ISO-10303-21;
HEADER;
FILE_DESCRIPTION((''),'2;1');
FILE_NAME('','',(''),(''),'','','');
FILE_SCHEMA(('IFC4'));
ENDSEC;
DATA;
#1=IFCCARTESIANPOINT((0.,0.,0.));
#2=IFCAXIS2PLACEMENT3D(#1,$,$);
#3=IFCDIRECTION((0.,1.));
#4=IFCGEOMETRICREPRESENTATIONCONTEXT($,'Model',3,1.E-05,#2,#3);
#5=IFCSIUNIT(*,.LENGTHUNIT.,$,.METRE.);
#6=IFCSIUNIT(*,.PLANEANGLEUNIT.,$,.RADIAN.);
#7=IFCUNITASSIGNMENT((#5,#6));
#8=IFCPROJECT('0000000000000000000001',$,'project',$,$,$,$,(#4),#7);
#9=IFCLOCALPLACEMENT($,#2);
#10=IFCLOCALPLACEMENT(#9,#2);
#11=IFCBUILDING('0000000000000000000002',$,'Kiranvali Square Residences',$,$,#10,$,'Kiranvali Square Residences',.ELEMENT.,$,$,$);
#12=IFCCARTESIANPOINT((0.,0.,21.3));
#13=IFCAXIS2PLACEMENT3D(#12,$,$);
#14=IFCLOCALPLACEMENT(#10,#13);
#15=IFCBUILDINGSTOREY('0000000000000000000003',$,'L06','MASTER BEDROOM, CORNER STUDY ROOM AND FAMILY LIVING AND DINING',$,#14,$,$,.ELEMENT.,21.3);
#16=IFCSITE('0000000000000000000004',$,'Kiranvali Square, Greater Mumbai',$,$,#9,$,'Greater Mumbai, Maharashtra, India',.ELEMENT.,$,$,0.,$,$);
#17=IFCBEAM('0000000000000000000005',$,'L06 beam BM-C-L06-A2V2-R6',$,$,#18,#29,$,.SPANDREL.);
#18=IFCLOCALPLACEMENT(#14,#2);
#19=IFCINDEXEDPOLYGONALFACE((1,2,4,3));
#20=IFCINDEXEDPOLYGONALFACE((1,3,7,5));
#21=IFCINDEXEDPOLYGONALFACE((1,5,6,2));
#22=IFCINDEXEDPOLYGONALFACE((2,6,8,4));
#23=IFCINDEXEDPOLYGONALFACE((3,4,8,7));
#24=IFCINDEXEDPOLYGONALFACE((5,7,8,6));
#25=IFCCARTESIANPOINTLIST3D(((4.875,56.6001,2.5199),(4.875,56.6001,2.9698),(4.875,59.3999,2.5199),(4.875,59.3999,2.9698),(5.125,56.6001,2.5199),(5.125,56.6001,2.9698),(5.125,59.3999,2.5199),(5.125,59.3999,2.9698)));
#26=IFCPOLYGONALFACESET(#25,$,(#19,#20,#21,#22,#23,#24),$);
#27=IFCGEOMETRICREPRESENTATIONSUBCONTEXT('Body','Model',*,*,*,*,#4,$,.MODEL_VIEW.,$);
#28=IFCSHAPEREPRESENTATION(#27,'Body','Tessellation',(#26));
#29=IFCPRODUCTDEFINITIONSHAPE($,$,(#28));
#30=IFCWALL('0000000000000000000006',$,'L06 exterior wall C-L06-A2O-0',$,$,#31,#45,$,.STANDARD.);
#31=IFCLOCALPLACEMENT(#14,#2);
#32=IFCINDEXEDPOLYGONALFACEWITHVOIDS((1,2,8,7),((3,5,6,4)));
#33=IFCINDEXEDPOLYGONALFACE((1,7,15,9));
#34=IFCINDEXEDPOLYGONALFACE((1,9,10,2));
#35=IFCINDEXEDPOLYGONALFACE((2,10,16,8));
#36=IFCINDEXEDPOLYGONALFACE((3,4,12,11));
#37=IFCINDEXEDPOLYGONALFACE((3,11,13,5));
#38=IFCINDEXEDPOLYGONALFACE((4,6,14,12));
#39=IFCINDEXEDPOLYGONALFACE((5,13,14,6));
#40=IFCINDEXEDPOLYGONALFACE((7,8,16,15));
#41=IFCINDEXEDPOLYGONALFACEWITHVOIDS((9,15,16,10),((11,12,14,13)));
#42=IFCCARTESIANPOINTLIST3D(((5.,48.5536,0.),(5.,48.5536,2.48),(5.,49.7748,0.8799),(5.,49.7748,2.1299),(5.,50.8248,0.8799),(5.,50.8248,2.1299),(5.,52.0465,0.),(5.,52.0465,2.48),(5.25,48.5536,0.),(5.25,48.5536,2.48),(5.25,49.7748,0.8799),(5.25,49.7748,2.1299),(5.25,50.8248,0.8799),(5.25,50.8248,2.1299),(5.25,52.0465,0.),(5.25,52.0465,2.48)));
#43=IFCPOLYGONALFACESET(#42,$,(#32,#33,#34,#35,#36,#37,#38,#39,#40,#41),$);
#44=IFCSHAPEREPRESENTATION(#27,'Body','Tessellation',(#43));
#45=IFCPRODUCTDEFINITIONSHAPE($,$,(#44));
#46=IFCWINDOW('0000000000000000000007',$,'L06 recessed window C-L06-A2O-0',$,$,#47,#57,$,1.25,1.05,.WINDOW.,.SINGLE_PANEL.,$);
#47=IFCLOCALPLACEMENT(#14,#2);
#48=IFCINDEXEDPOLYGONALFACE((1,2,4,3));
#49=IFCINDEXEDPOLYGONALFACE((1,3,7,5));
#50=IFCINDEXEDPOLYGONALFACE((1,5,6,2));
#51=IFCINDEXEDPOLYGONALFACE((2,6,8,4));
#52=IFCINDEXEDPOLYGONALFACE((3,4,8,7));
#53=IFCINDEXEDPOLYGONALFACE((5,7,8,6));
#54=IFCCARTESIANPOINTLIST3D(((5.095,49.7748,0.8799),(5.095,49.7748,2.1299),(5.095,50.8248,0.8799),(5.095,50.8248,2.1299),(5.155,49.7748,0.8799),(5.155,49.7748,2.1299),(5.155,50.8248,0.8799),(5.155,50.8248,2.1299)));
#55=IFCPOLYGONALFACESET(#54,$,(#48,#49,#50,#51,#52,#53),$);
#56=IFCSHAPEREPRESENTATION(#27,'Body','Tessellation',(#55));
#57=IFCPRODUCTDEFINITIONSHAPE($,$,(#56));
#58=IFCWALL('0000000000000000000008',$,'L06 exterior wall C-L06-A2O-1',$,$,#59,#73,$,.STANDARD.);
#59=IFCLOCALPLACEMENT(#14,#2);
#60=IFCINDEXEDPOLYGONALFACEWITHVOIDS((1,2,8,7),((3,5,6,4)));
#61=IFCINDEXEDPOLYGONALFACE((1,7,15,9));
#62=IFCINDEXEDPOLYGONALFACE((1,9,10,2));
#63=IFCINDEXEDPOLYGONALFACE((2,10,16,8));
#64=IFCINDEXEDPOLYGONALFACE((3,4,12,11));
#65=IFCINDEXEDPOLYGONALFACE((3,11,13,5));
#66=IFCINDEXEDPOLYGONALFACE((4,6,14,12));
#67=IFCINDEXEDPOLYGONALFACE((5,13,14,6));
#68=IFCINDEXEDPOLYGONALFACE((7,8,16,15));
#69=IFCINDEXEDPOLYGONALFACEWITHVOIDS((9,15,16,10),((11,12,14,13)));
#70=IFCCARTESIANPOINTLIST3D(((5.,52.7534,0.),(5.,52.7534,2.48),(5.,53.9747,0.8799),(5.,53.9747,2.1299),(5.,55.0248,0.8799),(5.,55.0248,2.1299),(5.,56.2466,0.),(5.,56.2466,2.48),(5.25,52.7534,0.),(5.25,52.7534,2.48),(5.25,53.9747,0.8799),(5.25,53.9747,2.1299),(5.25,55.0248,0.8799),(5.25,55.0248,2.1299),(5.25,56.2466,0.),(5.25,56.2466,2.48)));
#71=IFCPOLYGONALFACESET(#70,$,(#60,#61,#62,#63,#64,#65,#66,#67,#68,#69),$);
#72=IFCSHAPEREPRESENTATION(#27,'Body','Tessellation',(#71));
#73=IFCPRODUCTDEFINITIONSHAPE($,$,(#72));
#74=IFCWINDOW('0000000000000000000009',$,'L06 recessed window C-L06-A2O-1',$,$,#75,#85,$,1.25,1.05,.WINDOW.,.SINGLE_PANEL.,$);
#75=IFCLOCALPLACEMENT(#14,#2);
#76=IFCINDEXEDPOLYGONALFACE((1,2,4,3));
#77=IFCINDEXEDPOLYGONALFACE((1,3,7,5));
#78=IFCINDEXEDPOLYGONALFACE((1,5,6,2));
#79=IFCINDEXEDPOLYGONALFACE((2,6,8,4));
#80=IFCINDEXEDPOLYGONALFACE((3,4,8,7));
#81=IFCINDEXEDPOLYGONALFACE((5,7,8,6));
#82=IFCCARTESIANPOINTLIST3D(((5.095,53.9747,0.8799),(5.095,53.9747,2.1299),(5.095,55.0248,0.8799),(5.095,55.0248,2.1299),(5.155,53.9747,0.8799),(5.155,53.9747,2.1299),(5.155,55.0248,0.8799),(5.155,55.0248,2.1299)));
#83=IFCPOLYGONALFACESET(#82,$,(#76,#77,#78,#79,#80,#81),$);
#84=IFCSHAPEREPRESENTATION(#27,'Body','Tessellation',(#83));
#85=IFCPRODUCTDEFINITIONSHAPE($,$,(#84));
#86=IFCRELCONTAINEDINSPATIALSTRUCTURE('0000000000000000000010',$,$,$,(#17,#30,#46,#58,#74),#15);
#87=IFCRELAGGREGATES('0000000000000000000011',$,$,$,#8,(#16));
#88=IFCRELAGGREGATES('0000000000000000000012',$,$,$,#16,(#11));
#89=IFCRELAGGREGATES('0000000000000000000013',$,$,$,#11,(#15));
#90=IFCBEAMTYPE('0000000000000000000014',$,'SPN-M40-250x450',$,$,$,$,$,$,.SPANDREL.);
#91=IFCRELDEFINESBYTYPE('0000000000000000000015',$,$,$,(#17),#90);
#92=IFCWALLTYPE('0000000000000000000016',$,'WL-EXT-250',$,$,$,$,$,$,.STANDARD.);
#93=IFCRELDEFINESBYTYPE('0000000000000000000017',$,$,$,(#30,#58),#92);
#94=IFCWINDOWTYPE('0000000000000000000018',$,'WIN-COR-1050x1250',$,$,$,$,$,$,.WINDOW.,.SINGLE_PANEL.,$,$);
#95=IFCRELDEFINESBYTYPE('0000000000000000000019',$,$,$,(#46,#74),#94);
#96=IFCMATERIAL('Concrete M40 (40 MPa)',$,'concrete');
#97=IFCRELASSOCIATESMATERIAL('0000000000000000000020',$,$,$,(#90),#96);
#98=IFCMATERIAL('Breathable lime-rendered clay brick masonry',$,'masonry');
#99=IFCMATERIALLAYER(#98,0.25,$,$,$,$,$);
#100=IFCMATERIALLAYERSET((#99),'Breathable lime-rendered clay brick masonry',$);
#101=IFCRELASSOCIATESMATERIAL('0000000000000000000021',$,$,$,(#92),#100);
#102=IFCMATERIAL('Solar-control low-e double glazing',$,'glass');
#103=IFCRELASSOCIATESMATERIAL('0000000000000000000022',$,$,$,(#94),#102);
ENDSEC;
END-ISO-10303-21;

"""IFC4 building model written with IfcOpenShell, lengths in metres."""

from ifc_helpers import new_model, si_unit, direction, frame, frame_2d, origin, origin_2d, place, context, subcontext, project, spatial, rectangle, extrude, material, layer, layer_set, material_profile, profile_set, type_object, element, fill, save


model = new_model("IFC4")

# Units and contexts
model_context = context("Model", 3, precision=1e-05, world=origin(), true_north=direction((0.0, 1.0)))
body_context = subcontext(model_context, "Body", "Model", "MODEL_VIEW")
ifc_project = project(units=[si_unit("LENGTHUNIT", "METRE"), si_unit("PLANEANGLEUNIT", "RADIAN")], contexts=[model_context])

# Site, building, storey
site_placement = place(None, origin())
site = spatial("IfcSite", under=ifc_project, at=site_placement, Name="Kiranvali Square, Greater Mumbai", LongName="Greater Mumbai, Maharashtra, India", CompositionType="ELEMENT", RefElevation=0.0)
building_placement = place(site_placement, origin())
building = spatial("IfcBuilding", under=site, at=building_placement, Name="Kiranvali Square Residences", LongName="Kiranvali Square Residences", CompositionType="ELEMENT")
storey_placement = place(building_placement, frame((0.0, 0.0, 21.3)))
storey = spatial("IfcBuildingStorey", under=building, at=storey_placement, Name="L06", Description="MASTER BEDROOM, CORNER STUDY ROOM AND FAMILY LIVING AND DINING", CompositionType="ELEMENT", Elevation=21.3)

# Beam
ifc_material_1 = material(Name="Concrete M40 (40 MPa)", Category="concrete")
ifc_material_profile_1 = material_profile(ifc_material_1, rectangle(XDim=0.25, YDim=0.45, at=origin_2d()), Name="RC 250x450")
ifc_profile_set_1 = profile_set([ifc_material_profile_1], Name="Concrete M40 (40 MPa)")
beam_type_1 = type_object("IfcBeamType", Name="SPN-M40-250x450", PredefinedType="SPANDREL", material=ifc_profile_set_1)
beam_1_placement = place(storey_placement, frame((5.0, 56.6001, 2.7449), z_axis=(0.0, 1.0, 0.0), x_axis=(-1.0, 0.0, 0.0)))
element("IfcBeam", 1, at=beam_1_placement, inside=storey, type_object=beam_type_1, Name="L06 beam BM-C-L06-A2V2-R6", PredefinedType="SPANDREL", context=body_context, shape_type="SweptSolid", body=[
    extrude(rectangle(XDim=0.25, YDim=0.45, at=origin_2d()), origin(), (0.0, 0.0, 1.0), 2.7998),
])

# Walls, openings, windows
ifc_material_2 = material(Name="Breathable lime-rendered clay brick masonry", Category="masonry")
ifc_layer = layer(ifc_material_2, 0.25)
ifc_layer_set = layer_set([ifc_layer], Name="Breathable lime-rendered clay brick masonry")
wall_type = type_object("IfcWallType", Name="WL-EXT-250", PredefinedType="STANDARD", material=ifc_layer_set)
wall_1_placement = place(storey_placement, frame((5.125, 48.5535, 0.0), z_axis=(0.0, 0.0, 1.0), x_axis=(0.0, 1.0, 0.0)))
wall_1 = element("IfcWall", 2, at=wall_1_placement, inside=storey, type_object=wall_type, Name="L06 exterior wall C-L06-A2O-0", PredefinedType="STANDARD", context=body_context, shape_type="SweptSolid", body=[
    extrude(rectangle(XDim=3.4929, YDim=0.25, at=frame_2d((1.7466, 0.0))), origin(), (0.0, 0.0, 1.0), 2.48),
])
opening_1_placement = place(wall_1_placement, frame((1.2214, 0.0, 0.8799)))
opening_1 = element("IfcOpeningElement", 3, at=opening_1_placement, cuts=wall_1, PredefinedType="OPENING", context=body_context, shape_type="SweptSolid", body=[
    extrude(rectangle(XDim=1.05, YDim=1.25, at=frame_2d((0.5249, 0.625))), frame((0.0, 0.135, 0.0), z_axis=(0.0, -1.0, 0.0), x_axis=(1.0, 0.0, 0.0)), (0.0, 0.0, 1.0), 0.27),
])
ifc_material_3 = material(Name="Solar-control low-e double glazing", Category="glass")
window_type = type_object("IfcWindowType", Name="WIN-COR-1050x1250", PartitioningType="SINGLE_PANEL", PredefinedType="WINDOW", material=ifc_material_3)
window_1_placement = place(opening_1_placement, origin())
window_1 = element("IfcWindow", 4, at=window_1_placement, inside=storey, type_object=window_type, Name="L06 recessed window C-L06-A2O-0", OverallHeight=1.25, OverallWidth=1.05, PartitioningType="SINGLE_PANEL", PredefinedType="WINDOW", context=body_context, shape_type="SweptSolid", body=[
    extrude(rectangle(XDim=1.05, YDim=1.25, at=frame_2d((0.5249, 0.625))), frame((0.0, 0.03, 0.0), z_axis=(0.0, -1.0, 0.0), x_axis=(1.0, 0.0, 0.0)), (0.0, 0.0, 1.0), 0.0601),
])
fill(opening_1, window_1)
wall_2_placement = place(storey_placement, frame((5.125, 52.7534, 0.0), z_axis=(0.0, 0.0, 1.0), x_axis=(0.0, 1.0, 0.0)))
wall_2 = element("IfcWall", 5, at=wall_2_placement, inside=storey, type_object=wall_type, Name="L06 exterior wall C-L06-A2O-1", PredefinedType="STANDARD", context=body_context, shape_type="SweptSolid", body=[
    extrude(rectangle(XDim=3.4932, YDim=0.25, at=frame_2d((1.7466, 0.0))), origin(), (0.0, 0.0, 1.0), 2.48),
])
opening_2_placement = place(wall_2_placement, frame((1.2214, 0.0, 0.8799)))
opening_2 = element("IfcOpeningElement", 6, at=opening_2_placement, cuts=wall_2, PredefinedType="OPENING", context=body_context, shape_type="SweptSolid", body=[
    extrude(rectangle(XDim=1.05, YDim=1.25, at=frame_2d((0.5249, 0.625))), frame((0.0, 0.135, 0.0), z_axis=(0.0, -1.0, 0.0), x_axis=(1.0, 0.0, 0.0)), (0.0, 0.0, 1.0), 0.27),
])
window_2_placement = place(opening_2_placement, origin())
window_2 = element("IfcWindow", 7, at=window_2_placement, inside=storey, type_object=window_type, Name="L06 recessed window C-L06-A2O-1", OverallHeight=1.25, OverallWidth=1.05, PartitioningType="SINGLE_PANEL", PredefinedType="WINDOW", context=body_context, shape_type="SweptSolid", body=[
    extrude(rectangle(XDim=1.05, YDim=1.25, at=frame_2d((0.5249, 0.625))), frame((0.0, 0.03, 0.0), z_axis=(0.0, -1.0, 0.0), x_axis=(1.0, 0.0, 0.0)), (0.0, 0.0, 1.0), 0.0601),
])
fill(opening_2, window_2)

save(model, "model.ifc")
